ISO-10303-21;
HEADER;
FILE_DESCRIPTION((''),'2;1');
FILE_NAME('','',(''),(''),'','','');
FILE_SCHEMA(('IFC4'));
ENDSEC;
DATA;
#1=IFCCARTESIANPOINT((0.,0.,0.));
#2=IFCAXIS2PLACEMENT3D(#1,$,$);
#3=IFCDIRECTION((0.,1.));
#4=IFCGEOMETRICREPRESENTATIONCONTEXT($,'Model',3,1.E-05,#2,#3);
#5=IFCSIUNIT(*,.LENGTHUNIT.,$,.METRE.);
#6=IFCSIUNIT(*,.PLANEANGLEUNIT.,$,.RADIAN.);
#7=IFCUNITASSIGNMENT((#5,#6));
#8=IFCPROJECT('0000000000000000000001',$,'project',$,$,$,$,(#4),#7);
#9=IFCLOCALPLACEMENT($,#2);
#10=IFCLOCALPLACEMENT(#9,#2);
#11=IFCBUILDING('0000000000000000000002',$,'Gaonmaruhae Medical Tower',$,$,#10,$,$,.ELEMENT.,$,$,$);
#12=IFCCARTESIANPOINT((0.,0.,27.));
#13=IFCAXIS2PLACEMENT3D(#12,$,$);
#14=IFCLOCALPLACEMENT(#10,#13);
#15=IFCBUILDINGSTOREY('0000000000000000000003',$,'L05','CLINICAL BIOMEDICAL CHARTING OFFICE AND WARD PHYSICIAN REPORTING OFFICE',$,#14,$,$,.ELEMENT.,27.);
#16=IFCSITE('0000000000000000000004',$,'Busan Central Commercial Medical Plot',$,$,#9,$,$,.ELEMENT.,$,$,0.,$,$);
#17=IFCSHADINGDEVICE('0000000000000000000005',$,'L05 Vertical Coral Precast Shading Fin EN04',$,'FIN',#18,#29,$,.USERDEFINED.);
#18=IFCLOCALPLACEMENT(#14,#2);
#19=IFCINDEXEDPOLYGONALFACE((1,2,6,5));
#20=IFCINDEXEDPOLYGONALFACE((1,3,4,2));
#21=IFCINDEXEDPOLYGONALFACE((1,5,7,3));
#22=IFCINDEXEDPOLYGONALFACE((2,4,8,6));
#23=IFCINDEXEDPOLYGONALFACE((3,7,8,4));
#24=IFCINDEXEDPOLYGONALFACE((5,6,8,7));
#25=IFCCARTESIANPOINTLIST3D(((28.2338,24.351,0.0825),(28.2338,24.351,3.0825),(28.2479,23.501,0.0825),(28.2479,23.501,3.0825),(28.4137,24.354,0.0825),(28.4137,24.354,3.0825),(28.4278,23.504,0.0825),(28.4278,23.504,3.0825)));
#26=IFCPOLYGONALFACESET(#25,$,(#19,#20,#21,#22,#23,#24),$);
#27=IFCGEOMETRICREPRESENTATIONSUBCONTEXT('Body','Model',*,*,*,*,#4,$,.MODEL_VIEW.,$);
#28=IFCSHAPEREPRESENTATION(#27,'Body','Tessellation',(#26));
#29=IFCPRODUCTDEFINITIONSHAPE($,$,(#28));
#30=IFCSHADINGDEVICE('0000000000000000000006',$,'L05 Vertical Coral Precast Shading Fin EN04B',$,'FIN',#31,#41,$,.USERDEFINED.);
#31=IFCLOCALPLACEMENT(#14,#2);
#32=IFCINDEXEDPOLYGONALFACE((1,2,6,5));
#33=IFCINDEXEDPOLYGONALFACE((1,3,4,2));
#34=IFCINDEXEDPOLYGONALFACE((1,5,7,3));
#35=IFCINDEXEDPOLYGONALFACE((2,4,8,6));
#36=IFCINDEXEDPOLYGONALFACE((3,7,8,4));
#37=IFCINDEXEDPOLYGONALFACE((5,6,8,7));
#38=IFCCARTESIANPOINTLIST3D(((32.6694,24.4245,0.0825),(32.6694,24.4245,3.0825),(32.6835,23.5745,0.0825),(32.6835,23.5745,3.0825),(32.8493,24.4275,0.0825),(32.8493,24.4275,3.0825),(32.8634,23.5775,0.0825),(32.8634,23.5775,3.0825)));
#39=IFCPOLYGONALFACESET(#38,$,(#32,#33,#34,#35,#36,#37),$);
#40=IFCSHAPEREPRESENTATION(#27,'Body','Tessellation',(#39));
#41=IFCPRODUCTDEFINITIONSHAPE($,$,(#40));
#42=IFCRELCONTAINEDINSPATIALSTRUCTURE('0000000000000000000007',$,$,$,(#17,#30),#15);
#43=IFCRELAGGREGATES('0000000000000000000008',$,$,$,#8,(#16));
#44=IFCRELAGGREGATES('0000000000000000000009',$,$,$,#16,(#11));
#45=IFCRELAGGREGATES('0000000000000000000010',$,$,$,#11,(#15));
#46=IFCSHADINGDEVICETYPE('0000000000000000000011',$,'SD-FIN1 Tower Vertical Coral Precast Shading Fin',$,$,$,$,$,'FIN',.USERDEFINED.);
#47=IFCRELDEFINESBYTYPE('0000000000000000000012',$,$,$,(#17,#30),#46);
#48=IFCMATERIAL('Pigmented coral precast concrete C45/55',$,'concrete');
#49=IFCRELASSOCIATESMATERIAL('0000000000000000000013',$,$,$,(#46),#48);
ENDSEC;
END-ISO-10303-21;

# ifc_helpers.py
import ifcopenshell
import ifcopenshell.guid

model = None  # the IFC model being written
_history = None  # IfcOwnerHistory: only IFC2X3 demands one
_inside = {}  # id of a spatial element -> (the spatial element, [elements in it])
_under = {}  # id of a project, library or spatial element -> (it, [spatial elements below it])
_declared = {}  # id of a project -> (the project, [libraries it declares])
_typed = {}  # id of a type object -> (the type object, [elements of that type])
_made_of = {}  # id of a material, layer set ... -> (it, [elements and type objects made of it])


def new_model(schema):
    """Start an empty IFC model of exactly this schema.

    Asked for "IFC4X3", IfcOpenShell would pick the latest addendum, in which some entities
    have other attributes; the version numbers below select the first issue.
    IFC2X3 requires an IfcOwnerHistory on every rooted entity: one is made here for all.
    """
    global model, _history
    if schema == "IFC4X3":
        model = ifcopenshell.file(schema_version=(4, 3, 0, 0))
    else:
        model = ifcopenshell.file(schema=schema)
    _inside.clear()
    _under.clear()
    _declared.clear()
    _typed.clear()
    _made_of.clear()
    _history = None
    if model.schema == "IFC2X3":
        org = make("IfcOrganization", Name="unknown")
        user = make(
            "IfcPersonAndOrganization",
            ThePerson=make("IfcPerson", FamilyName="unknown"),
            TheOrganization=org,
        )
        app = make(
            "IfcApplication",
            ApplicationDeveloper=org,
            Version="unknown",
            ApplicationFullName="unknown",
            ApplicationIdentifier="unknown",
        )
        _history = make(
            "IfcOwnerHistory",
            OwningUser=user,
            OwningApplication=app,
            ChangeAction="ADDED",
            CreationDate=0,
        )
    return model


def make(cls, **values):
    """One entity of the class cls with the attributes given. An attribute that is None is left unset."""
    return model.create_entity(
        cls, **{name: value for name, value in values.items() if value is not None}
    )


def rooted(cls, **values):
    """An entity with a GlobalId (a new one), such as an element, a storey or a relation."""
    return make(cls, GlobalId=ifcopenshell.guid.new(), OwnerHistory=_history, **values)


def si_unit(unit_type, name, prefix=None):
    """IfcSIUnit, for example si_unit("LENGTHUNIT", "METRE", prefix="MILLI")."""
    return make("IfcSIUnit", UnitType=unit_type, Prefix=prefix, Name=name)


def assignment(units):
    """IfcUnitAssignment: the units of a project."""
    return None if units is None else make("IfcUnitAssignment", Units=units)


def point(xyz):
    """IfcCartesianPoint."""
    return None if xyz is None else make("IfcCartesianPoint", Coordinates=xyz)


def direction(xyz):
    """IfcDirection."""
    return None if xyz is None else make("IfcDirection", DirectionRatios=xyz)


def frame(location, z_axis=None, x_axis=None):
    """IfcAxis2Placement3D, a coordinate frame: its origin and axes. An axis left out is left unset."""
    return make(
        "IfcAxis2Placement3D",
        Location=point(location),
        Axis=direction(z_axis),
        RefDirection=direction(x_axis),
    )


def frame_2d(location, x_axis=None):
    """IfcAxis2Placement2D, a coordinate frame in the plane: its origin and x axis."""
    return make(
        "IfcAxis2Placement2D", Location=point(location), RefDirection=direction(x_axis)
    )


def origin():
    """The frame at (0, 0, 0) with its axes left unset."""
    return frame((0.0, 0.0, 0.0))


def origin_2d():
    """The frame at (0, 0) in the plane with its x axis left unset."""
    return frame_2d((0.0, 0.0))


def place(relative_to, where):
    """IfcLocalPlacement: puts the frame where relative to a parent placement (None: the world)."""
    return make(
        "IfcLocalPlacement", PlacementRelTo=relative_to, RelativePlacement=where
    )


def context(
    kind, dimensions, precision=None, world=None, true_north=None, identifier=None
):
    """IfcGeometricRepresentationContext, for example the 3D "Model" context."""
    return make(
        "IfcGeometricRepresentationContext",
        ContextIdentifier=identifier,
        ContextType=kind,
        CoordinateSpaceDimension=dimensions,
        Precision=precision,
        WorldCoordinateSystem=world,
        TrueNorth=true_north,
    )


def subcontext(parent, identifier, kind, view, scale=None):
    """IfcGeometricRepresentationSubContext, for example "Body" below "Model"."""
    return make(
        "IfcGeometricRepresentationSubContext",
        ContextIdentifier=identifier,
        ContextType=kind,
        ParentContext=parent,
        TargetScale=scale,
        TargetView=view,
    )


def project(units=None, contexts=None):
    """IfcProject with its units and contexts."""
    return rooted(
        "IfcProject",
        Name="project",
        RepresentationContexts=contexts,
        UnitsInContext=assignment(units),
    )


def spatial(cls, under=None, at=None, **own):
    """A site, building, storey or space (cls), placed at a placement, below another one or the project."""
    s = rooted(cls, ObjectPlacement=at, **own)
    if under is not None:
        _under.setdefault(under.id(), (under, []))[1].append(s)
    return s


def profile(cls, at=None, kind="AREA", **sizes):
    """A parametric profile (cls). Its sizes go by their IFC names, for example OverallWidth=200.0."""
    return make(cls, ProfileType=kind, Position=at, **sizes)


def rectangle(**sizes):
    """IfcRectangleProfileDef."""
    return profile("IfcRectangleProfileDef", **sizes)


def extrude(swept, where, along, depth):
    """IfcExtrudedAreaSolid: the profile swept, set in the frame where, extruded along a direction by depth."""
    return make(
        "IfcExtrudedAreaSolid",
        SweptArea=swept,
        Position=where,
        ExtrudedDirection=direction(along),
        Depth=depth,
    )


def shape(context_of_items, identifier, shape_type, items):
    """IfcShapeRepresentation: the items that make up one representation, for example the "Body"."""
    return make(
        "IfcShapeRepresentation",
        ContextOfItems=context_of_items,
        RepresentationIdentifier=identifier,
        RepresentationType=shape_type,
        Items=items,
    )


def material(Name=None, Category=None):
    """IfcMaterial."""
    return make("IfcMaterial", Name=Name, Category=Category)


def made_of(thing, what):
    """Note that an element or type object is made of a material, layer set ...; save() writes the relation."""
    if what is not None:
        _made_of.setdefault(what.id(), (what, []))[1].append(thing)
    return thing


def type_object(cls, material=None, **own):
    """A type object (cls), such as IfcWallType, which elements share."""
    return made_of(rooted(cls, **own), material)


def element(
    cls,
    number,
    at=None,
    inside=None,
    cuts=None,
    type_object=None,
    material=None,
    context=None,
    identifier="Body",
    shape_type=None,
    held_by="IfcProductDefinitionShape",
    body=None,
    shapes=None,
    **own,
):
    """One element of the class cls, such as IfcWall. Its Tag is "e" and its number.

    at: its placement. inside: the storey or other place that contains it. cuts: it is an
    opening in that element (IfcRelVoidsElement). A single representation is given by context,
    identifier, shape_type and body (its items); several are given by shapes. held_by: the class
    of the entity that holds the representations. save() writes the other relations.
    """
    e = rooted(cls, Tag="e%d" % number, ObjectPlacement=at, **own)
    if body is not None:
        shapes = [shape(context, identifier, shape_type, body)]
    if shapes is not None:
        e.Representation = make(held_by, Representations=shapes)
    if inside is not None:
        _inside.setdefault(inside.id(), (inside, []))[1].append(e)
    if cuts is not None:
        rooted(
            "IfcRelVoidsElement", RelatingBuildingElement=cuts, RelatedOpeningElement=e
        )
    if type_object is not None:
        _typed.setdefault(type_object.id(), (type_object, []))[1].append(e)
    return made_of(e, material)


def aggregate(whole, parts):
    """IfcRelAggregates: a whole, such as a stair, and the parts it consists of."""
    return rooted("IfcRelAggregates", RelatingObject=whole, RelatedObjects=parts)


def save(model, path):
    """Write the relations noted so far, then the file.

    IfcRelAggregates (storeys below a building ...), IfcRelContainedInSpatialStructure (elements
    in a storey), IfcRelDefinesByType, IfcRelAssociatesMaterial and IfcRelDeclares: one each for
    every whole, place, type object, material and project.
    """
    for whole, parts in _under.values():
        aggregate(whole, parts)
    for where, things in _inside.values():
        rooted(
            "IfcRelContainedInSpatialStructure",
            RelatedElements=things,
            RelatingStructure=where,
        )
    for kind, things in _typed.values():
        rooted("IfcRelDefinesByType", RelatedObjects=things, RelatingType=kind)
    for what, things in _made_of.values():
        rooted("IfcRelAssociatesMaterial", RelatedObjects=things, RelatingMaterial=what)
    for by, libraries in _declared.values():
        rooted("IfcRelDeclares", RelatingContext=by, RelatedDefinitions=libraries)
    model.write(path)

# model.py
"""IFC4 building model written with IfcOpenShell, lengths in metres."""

from ifc_helpers import new_model, si_unit, direction, frame, origin, origin_2d, place, context, subcontext, project, spatial, rectangle, extrude, material, type_object, element, save


model = new_model("IFC4")

# Units and contexts
model_context = context("Model", 3, precision=1e-05, world=origin(), true_north=direction((0.0, 1.0)))
body_context = subcontext(model_context, "Body", "Model", "MODEL_VIEW")
ifc_project = project(units=[si_unit("LENGTHUNIT", "METRE"), si_unit("PLANEANGLEUNIT", "RADIAN")], contexts=[model_context])

# Site, building, storey
site_placement = place(None, origin())
site = spatial("IfcSite", under=ifc_project, at=site_placement, Name="Busan Central Commercial Medical Plot", CompositionType="ELEMENT", RefElevation=0.0)
building_placement = place(site_placement, origin())
building = spatial("IfcBuilding", under=site, at=building_placement, Name="Gaonmaruhae Medical Tower", CompositionType="ELEMENT")
storey_placement = place(building_placement, frame((0.0, 0.0, 27.0)))
storey = spatial("IfcBuildingStorey", under=building, at=storey_placement, Name="L05", Description="CLINICAL BIOMEDICAL CHARTING OFFICE AND WARD PHYSICIAN REPORTING OFFICE", CompositionType="ELEMENT", Elevation=27.0)

# Shading devices
ifc_material_1 = material(Name="Pigmented coral precast concrete C45/55", Category="concrete")
shading_device_type = type_object("IfcShadingDeviceType", Name="SD-FIN1 Tower Vertical Coral Precast Shading Fin", ElementType="FIN", PredefinedType="USERDEFINED", material=ifc_material_1)
for number, where, z_axis, x_axis, name in (
    (1, (28.3308, 23.9275, 0.0825), (0.0, 0.0, 1.0), (0.999863, 0.01658, 0.0), "L05 Vertical Coral Precast Shading Fin EN04"),
    (2, (32.7664, 24.001, 0.0825), (0.0, 0.0, 1.0), (0.999863, 0.01658, 0.0), "L05 Vertical Coral Precast Shading Fin EN04B"),
):
    element("IfcShadingDevice", number, at=place(storey_placement, frame(where, z_axis=z_axis, x_axis=x_axis)), inside=storey, type_object=shading_device_type, Name=name, ObjectType="FIN", PredefinedType="USERDEFINED", context=body_context, shape_type="SweptSolid", body=[
        extrude(rectangle(XDim=0.1799, YDim=0.8501, at=origin_2d()), origin(), (0.0, 0.0, 1.0), 3.0),
    ])

save(model, "model.ifc")
